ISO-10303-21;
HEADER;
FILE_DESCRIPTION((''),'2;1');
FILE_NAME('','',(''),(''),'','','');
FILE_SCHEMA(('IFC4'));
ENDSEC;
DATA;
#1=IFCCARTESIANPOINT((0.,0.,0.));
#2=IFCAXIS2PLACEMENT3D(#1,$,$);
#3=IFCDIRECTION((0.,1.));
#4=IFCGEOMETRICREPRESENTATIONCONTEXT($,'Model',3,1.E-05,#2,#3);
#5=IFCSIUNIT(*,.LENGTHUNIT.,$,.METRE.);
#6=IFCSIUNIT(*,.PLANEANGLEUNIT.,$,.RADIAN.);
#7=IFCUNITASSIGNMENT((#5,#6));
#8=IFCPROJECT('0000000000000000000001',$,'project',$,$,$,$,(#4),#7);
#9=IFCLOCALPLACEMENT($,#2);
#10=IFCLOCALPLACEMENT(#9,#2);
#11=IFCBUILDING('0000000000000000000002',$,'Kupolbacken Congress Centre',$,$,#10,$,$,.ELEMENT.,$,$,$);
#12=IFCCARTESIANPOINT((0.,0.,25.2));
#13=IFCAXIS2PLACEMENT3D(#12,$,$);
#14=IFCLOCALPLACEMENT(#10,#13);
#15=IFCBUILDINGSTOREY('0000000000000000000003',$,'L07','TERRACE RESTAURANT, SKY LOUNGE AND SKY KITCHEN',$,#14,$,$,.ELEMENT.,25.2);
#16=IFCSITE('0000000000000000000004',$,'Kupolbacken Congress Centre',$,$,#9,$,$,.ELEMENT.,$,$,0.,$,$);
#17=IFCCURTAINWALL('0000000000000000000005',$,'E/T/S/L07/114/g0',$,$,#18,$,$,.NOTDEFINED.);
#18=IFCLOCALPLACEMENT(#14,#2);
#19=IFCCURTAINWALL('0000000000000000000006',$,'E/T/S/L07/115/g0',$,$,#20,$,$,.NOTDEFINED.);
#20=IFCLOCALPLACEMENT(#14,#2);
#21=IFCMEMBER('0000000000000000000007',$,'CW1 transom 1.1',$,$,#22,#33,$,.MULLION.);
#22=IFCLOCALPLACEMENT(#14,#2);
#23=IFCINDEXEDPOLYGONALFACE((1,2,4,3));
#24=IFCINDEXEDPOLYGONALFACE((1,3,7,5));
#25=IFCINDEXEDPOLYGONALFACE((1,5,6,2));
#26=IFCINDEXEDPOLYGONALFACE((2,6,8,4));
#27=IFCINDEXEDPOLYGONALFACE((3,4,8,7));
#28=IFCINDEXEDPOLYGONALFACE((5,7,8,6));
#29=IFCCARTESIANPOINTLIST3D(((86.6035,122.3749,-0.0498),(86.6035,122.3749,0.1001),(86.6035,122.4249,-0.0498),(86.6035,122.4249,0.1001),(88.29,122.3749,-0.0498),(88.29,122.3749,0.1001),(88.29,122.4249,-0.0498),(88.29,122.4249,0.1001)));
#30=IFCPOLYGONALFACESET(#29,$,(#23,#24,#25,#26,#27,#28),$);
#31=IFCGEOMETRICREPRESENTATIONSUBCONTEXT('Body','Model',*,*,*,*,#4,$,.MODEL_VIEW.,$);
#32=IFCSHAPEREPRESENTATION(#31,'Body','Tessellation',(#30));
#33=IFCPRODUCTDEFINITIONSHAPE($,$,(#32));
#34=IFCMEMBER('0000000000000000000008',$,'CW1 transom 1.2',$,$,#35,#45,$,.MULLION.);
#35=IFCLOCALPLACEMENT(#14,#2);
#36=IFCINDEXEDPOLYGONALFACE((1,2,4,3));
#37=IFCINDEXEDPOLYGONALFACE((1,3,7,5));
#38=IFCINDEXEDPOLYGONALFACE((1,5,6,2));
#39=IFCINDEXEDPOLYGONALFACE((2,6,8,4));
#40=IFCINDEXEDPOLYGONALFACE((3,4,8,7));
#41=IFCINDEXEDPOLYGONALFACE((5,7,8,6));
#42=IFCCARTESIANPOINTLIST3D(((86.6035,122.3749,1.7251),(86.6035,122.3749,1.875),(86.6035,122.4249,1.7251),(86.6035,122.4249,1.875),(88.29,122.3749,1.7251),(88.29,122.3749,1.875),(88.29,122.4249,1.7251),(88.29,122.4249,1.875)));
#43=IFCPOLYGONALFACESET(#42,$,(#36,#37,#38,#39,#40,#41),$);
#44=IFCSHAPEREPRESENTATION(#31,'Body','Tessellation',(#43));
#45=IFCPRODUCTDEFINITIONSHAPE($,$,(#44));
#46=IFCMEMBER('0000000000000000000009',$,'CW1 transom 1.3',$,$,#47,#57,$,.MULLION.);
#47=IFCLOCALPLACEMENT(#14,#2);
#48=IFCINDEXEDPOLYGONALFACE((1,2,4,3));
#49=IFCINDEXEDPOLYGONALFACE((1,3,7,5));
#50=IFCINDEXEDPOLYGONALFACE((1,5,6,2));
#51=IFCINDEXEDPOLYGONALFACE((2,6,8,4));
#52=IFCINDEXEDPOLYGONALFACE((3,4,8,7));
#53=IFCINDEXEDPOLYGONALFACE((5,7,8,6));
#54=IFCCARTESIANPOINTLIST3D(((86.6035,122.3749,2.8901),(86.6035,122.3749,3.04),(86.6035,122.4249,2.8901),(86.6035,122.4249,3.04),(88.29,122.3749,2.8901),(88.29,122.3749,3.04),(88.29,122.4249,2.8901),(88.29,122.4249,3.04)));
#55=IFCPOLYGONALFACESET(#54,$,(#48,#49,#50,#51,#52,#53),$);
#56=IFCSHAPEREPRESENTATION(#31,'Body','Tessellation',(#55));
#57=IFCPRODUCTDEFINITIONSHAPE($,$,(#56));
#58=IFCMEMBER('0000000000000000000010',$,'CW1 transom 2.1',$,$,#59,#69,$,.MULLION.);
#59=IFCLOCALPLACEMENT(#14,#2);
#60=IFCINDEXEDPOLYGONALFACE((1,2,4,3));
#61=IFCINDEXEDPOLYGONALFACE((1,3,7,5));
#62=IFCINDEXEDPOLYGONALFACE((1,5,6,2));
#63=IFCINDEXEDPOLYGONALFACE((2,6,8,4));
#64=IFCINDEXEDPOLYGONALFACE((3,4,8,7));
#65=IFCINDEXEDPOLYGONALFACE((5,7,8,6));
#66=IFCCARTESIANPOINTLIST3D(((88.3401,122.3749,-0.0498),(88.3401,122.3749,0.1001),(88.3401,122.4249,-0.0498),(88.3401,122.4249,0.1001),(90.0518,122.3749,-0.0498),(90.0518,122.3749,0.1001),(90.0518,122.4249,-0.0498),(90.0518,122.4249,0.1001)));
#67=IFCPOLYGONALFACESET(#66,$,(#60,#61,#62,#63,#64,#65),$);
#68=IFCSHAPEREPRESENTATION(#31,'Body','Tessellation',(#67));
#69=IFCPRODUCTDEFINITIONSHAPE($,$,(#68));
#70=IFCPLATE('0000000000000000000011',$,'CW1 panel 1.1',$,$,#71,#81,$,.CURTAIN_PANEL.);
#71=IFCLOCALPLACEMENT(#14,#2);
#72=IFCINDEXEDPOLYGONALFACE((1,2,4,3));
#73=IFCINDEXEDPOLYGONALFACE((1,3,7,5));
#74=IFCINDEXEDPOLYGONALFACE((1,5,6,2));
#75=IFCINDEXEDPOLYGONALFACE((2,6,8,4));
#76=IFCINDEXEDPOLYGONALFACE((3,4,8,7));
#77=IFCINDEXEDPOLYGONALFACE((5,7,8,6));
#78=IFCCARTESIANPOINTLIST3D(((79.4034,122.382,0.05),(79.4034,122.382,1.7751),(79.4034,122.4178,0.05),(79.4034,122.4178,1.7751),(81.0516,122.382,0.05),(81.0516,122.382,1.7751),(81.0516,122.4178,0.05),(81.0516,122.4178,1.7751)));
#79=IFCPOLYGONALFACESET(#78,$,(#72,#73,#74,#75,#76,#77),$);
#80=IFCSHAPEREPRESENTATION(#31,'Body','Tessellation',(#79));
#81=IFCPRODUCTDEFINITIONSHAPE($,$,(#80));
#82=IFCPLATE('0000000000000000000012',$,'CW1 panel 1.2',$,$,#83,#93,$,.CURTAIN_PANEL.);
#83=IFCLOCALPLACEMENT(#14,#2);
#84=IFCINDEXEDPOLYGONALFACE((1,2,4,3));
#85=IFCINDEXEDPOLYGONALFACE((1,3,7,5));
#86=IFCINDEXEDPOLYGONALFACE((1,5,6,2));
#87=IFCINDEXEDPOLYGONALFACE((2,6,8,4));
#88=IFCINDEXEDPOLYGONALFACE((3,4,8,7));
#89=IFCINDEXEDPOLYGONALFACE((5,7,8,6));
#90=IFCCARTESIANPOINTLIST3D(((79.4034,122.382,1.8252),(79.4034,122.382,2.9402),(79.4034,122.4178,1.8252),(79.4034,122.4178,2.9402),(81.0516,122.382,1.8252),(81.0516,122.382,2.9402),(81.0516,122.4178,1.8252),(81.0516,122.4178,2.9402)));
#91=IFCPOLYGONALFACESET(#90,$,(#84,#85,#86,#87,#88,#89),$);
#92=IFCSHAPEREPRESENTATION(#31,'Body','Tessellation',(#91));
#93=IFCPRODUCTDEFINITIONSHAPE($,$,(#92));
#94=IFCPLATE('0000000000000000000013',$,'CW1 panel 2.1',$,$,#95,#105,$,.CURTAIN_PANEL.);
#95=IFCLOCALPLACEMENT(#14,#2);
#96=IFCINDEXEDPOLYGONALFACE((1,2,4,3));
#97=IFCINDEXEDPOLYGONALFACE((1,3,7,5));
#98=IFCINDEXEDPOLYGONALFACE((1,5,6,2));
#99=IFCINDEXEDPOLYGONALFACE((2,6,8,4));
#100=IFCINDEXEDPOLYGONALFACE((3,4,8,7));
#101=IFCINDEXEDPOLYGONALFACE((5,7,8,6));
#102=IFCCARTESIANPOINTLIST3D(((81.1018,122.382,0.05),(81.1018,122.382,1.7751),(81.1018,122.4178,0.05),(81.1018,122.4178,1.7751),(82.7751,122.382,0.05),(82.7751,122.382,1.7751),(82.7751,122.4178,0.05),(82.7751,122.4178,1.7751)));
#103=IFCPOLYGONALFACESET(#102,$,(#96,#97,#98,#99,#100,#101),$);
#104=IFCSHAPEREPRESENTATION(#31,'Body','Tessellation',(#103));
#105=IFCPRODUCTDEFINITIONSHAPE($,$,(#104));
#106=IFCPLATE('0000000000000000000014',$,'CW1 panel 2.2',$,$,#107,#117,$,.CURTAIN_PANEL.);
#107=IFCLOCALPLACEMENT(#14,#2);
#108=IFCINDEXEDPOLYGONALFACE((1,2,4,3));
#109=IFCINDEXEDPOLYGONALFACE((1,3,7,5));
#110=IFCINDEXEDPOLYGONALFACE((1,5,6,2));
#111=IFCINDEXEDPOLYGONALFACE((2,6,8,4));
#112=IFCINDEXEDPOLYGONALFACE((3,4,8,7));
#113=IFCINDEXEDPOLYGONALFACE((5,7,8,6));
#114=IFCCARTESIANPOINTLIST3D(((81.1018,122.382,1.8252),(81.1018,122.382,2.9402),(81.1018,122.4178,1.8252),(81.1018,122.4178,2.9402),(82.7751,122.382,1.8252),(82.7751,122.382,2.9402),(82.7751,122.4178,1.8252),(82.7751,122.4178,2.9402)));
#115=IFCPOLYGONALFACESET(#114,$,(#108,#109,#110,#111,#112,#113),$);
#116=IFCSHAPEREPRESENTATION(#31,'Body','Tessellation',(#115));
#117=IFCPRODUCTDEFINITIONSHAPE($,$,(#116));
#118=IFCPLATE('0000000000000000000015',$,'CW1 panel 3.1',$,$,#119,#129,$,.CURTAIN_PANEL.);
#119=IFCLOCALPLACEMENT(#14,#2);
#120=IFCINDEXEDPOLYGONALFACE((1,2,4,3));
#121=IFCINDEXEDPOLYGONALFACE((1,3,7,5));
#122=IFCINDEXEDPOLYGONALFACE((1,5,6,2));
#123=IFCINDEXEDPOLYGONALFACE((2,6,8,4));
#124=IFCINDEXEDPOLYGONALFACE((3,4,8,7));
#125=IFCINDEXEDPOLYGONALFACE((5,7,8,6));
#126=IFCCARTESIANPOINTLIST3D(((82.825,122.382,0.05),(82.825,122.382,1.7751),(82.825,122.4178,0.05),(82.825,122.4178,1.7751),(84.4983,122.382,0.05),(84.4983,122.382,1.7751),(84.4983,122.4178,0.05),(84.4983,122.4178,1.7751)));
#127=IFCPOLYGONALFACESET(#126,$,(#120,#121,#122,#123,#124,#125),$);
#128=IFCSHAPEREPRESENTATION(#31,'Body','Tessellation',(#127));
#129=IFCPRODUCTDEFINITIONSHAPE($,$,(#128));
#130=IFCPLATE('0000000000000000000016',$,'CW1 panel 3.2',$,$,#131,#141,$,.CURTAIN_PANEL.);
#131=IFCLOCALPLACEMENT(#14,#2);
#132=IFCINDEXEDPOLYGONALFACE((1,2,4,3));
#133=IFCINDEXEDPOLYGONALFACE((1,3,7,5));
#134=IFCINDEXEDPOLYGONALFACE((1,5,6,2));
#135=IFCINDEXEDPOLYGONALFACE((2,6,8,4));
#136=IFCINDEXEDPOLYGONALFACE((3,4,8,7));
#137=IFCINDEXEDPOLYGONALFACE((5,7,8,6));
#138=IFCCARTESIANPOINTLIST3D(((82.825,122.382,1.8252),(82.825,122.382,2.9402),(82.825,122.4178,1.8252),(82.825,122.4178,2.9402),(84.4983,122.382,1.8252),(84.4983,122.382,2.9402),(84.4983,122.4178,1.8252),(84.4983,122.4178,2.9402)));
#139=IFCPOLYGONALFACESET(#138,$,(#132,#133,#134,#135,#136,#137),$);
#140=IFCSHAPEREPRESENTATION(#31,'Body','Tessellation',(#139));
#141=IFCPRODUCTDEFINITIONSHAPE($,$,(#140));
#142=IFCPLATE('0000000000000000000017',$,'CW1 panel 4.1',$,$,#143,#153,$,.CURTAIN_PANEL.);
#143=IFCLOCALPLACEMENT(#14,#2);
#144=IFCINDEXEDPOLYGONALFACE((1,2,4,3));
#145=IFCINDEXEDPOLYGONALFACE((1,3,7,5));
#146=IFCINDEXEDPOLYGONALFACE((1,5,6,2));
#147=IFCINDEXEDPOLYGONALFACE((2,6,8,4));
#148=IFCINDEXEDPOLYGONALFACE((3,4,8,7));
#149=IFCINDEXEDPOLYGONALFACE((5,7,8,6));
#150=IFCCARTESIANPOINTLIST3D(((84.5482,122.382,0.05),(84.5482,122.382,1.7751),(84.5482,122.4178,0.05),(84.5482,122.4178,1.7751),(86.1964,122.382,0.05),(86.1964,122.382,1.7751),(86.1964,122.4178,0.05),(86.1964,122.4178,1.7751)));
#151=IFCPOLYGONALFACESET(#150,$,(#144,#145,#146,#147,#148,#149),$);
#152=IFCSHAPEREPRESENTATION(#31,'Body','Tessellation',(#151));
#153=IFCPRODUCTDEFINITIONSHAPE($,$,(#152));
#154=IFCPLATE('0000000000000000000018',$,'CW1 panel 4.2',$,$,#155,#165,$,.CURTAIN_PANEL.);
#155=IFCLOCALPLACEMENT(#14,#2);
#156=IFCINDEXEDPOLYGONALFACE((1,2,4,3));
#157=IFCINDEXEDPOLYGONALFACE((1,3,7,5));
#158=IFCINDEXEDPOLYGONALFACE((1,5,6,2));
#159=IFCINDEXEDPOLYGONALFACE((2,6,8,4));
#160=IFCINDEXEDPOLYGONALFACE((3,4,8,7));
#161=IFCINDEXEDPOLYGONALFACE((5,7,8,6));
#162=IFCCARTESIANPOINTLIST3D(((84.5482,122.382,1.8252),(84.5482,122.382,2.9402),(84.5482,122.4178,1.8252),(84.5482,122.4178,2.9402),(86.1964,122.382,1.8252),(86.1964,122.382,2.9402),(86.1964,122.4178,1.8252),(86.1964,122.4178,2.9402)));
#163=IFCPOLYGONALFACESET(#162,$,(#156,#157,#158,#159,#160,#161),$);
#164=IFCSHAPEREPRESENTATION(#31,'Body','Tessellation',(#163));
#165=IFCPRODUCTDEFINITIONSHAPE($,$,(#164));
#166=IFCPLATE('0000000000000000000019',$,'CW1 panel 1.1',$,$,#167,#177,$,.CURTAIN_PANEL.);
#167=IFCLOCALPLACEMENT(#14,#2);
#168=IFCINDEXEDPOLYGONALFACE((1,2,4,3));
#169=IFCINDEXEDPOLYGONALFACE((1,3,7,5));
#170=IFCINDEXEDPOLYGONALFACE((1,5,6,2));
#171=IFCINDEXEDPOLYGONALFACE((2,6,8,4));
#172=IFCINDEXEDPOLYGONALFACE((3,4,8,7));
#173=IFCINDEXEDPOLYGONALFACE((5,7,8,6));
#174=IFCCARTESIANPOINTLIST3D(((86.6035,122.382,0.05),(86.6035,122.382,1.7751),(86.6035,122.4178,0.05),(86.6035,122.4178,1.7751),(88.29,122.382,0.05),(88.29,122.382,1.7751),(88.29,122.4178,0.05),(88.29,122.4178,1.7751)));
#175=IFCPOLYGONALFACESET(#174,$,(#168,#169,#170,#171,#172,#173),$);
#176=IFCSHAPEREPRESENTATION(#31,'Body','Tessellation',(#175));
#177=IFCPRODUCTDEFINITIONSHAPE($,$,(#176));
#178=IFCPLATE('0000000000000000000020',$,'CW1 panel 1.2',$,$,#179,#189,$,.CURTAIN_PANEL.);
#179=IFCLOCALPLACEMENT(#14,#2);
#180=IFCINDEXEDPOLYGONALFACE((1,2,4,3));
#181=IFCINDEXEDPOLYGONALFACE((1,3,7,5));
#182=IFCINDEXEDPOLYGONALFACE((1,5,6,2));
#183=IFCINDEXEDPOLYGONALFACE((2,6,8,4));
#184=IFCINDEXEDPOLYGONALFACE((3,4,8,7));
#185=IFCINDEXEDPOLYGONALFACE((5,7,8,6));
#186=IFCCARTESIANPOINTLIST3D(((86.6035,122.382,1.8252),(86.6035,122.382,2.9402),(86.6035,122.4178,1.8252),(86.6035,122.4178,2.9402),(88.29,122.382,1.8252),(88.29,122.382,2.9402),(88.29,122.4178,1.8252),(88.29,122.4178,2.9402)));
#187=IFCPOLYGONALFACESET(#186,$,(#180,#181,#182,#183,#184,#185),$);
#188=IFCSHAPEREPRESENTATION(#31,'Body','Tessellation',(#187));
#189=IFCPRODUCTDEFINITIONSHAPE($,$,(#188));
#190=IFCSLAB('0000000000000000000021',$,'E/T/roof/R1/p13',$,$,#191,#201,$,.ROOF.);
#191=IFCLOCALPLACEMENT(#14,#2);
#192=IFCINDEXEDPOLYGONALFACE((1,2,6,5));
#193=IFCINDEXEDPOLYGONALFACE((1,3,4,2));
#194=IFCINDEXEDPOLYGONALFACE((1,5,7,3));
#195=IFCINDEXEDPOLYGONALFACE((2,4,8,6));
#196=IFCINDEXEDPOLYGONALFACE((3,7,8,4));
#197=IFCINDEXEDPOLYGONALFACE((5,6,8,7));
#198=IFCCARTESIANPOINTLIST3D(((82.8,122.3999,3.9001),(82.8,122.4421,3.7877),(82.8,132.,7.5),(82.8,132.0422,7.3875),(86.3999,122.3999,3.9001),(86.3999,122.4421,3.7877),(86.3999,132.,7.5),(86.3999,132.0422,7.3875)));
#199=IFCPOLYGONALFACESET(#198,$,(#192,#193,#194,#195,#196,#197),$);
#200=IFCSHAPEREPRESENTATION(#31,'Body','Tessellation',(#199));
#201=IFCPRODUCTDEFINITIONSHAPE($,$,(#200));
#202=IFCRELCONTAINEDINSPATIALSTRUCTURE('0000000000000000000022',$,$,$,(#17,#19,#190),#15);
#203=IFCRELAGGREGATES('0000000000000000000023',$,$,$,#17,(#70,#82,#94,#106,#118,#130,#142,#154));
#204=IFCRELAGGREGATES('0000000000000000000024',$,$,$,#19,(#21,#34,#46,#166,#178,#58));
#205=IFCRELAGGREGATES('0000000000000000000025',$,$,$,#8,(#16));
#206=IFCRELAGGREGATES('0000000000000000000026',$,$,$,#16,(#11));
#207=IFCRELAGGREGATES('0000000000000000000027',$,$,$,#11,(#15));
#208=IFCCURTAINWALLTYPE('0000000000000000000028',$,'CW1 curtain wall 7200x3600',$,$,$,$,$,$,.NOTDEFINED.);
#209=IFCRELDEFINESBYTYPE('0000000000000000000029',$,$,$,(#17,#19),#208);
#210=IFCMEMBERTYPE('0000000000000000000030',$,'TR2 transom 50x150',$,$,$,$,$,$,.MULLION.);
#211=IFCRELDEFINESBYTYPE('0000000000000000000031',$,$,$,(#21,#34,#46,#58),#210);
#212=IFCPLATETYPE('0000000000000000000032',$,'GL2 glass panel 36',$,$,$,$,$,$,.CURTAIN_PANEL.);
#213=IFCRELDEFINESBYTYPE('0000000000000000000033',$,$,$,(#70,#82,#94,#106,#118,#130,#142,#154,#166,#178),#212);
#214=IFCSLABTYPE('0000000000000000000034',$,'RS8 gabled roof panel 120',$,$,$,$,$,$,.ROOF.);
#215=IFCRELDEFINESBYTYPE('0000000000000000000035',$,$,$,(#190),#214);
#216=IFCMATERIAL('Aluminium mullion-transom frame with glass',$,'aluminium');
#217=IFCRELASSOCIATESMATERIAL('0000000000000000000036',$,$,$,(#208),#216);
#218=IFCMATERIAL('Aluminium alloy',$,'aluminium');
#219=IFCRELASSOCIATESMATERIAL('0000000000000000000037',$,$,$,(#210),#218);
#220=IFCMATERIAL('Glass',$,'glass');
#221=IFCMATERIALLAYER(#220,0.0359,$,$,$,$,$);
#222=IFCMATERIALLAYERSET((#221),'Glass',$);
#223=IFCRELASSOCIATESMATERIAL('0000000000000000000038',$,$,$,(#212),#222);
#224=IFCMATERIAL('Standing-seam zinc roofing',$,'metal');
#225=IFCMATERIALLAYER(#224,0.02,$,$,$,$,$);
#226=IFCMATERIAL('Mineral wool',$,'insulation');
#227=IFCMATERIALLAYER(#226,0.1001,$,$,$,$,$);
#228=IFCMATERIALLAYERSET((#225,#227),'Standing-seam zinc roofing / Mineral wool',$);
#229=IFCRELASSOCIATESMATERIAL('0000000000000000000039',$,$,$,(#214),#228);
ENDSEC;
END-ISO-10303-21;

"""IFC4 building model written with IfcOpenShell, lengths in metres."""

from ifc_helpers import new_model, si_unit, direction, frame, origin, origin_2d, place, context, subcontext, project, spatial, polyline, rectangle, outline, extrude, material, layer, layer_set, material_profile, profile_set, type_object, element, aggregate, save


model = new_model("IFC4")

# Units and contexts
model_context = context("Model", 3, precision=1e-05, world=origin(), true_north=direction((0.0, 1.0)))
body_context = subcontext(model_context, "Body", "Model", "MODEL_VIEW")
ifc_project = project(units=[si_unit("LENGTHUNIT", "METRE"), si_unit("PLANEANGLEUNIT", "RADIAN")], contexts=[model_context])

# Site, building, storey
site_placement = place(None, origin())
site = spatial("IfcSite", under=ifc_project, at=site_placement, Name="Kupolbacken Congress Centre", CompositionType="ELEMENT", RefElevation=0.0)
building_placement = place(site_placement, origin())
building = spatial("IfcBuilding", under=site, at=building_placement, Name="Kupolbacken Congress Centre", CompositionType="ELEMENT")
storey_placement = place(building_placement, frame((0.0, 0.0, 25.2)))
storey = spatial("IfcBuildingStorey", under=building, at=storey_placement, Name="L07", Description="TERRACE RESTAURANT, SKY LOUNGE AND SKY KITCHEN", CompositionType="ELEMENT", Elevation=25.2)

# Curtain walls
ifc_material_1 = material(Name="Aluminium mullion-transom frame with glass", Category="aluminium")
curtain_wall_type = type_object("IfcCurtainWallType", Name="CW1 curtain wall 7200x3600", PredefinedType="NOTDEFINED", material=ifc_material_1)
curtain_wall_1_placement = place(storey_placement, origin())
curtain_wall_1 = element("IfcCurtainWall", 1, at=curtain_wall_1_placement, inside=storey, type_object=curtain_wall_type, Name="E/T/S/L07/114/g0", PredefinedType="NOTDEFINED")
curtain_wall_2_placement = place(storey_placement, origin())
curtain_wall_2 = element("IfcCurtainWall", 2, at=curtain_wall_2_placement, inside=storey, type_object=curtain_wall_type, Name="E/T/S/L07/115/g0", PredefinedType="NOTDEFINED")

# Members
ifc_material_2 = material(Name="Aluminium alloy", Category="aluminium")
ifc_material_profile_1 = material_profile(ifc_material_2, rectangle(XDim=0.05, YDim=0.1499, at=origin_2d()), Name="50 x 150")
ifc_profile_set_1 = profile_set([ifc_material_profile_1], Name="Aluminium alloy")
member_type_1 = type_object("IfcMemberType", Name="TR2 transom 50x150", PredefinedType="MULLION", material=ifc_profile_set_1)
member_1_placement = place(storey_placement, frame((86.6035, 122.3999, 0.0251), z_axis=(1.0, 0.0, 0.0), x_axis=(0.0, 1.0, 0.0)))
member_1 = element("IfcMember", 3, at=member_1_placement, type_object=member_type_1, Name="CW1 transom 1.1", PredefinedType="MULLION", context=body_context, shape_type="SweptSolid", body=[
    extrude(rectangle(XDim=0.05, YDim=0.1499, at=origin_2d()), origin(), (0.0, 0.0, 1.0), 1.6865),
])
member_2_placement = place(storey_placement, frame((86.6035, 122.3999, 1.8), z_axis=(1.0, 0.0, 0.0), x_axis=(0.0, 1.0, 0.0)))
member_2 = element("IfcMember", 4, at=member_2_placement, type_object=member_type_1, Name="CW1 transom 1.2", PredefinedType="MULLION", context=body_context, shape_type="SweptSolid", body=[
    extrude(rectangle(XDim=0.05, YDim=0.1499, at=origin_2d()), origin(), (0.0, 0.0, 1.0), 1.6865),
])
member_3_placement = place(storey_placement, frame((86.6035, 122.3999, 2.9651), z_axis=(1.0, 0.0, 0.0), x_axis=(0.0, 1.0, 0.0)))
member_3 = element("IfcMember", 5, at=member_3_placement, type_object=member_type_1, Name="CW1 transom 1.3", PredefinedType="MULLION", context=body_context, shape_type="SweptSolid", body=[
    extrude(rectangle(XDim=0.05, YDim=0.1499, at=origin_2d()), origin(), (0.0, 0.0, 1.0), 1.6865),
])
member_4_placement = place(storey_placement, frame((88.3401, 122.3999, 0.0251), z_axis=(1.0, 0.0, 0.0), x_axis=(0.0, 1.0, 0.0)))
member_4 = element("IfcMember", 6, at=member_4_placement, type_object=member_type_1, Name="CW1 transom 2.1", PredefinedType="MULLION", context=body_context, shape_type="SweptSolid", body=[
    extrude(rectangle(XDim=0.05, YDim=0.1499, at=origin_2d()), origin(), (0.0, 0.0, 1.0), 1.7117),
])

# Plates
ifc_material_3 = material(Name="Glass", Category="glass")
ifc_layer_1 = layer(ifc_material_3, 0.0359)
ifc_layer_set_1 = layer_set([ifc_layer_1], Name="Glass")
plate_type = type_object("IfcPlateType", Name="GL2 glass panel 36", PredefinedType="CURTAIN_PANEL", material=ifc_layer_set_1)
plate_1_placement = place(storey_placement, frame((80.2275, 122.3999, 0.05), z_axis=(0.0, 0.0, 1.0), x_axis=(1.0, 0.0, 0.0)))
plate_1 = element("IfcPlate", 7, at=plate_1_placement, type_object=plate_type, Name="CW1 panel 1.1", PredefinedType="CURTAIN_PANEL", context=body_context, shape_type="SweptSolid", body=[
    extrude(rectangle(XDim=1.6482, YDim=0.0359, at=origin_2d()), origin(), (0.0, 0.0, 1.0), 1.7251),
])
plate_2_placement = place(storey_placement, frame((80.2275, 122.3999, 1.8252), z_axis=(0.0, 0.0, 1.0), x_axis=(1.0, 0.0, 0.0)))
plate_2 = element("IfcPlate", 8, at=plate_2_placement, type_object=plate_type, Name="CW1 panel 1.2", PredefinedType="CURTAIN_PANEL", context=body_context, shape_type="SweptSolid", body=[
    extrude(rectangle(XDim=1.6482, YDim=0.0359, at=origin_2d()), origin(), (0.0, 0.0, 1.0), 1.115),
])
plate_3_placement = place(storey_placement, frame((81.9385, 122.3999, 0.05), z_axis=(0.0, 0.0, 1.0), x_axis=(1.0, 0.0, 0.0)))
plate_3 = element("IfcPlate", 9, at=plate_3_placement, type_object=plate_type, Name="CW1 panel 2.1", PredefinedType="CURTAIN_PANEL", context=body_context, shape_type="SweptSolid", body=[
    extrude(rectangle(XDim=1.6733, YDim=0.0359, at=origin_2d()), origin(), (0.0, 0.0, 1.0), 1.7251),
])
plate_4_placement = place(storey_placement, frame((81.9385, 122.3999, 1.8252), z_axis=(0.0, 0.0, 1.0), x_axis=(1.0, 0.0, 0.0)))
plate_4 = element("IfcPlate", 10, at=plate_4_placement, type_object=plate_type, Name="CW1 panel 2.2", PredefinedType="CURTAIN_PANEL", context=body_context, shape_type="SweptSolid", body=[
    extrude(rectangle(XDim=1.6733, YDim=0.0359, at=origin_2d()), origin(), (0.0, 0.0, 1.0), 1.115),
])
plate_5_placement = place(storey_placement, frame((83.6616, 122.3999, 0.05), z_axis=(0.0, 0.0, 1.0), x_axis=(1.0, 0.0, 0.0)))
plate_5 = element("IfcPlate", 11, at=plate_5_placement, type_object=plate_type, Name="CW1 panel 3.1", PredefinedType="CURTAIN_PANEL", context=body_context, shape_type="SweptSolid", body=[
    extrude(rectangle(XDim=1.6733, YDim=0.0359, at=origin_2d()), origin(), (0.0, 0.0, 1.0), 1.7251),
])
plate_6_placement = place(storey_placement, frame((83.6616, 122.3999, 1.8252), z_axis=(0.0, 0.0, 1.0), x_axis=(1.0, 0.0, 0.0)))
plate_6 = element("IfcPlate", 12, at=plate_6_placement, type_object=plate_type, Name="CW1 panel 3.2", PredefinedType="CURTAIN_PANEL", context=body_context, shape_type="SweptSolid", body=[
    extrude(rectangle(XDim=1.6733, YDim=0.0359, at=origin_2d()), origin(), (0.0, 0.0, 1.0), 1.115),
])
plate_7_placement = place(storey_placement, frame((85.3723, 122.3999, 0.05), z_axis=(0.0, 0.0, 1.0), x_axis=(1.0, 0.0, 0.0)))
plate_7 = element("IfcPlate", 13, at=plate_7_placement, type_object=plate_type, Name="CW1 panel 4.1", PredefinedType="CURTAIN_PANEL", context=body_context, shape_type="SweptSolid", body=[
    extrude(rectangle(XDim=1.6482, YDim=0.0359, at=origin_2d()), origin(), (0.0, 0.0, 1.0), 1.7251),
])
plate_8_placement = place(storey_placement, frame((85.3723, 122.3999, 1.8252), z_axis=(0.0, 0.0, 1.0), x_axis=(1.0, 0.0, 0.0)))
plate_8 = element("IfcPlate", 14, at=plate_8_placement, type_object=plate_type, Name="CW1 panel 4.2", PredefinedType="CURTAIN_PANEL", context=body_context, shape_type="SweptSolid", body=[
    extrude(rectangle(XDim=1.6482, YDim=0.0359, at=origin_2d()), origin(), (0.0, 0.0, 1.0), 1.115),
])
aggregate(curtain_wall_1, [plate_1, plate_2, plate_3, plate_4, plate_5, plate_6, plate_7, plate_8])
plate_9_placement = place(storey_placement, frame((87.4468, 122.3999, 0.05), z_axis=(0.0, 0.0, 1.0), x_axis=(1.0, 0.0, 0.0)))
plate_9 = element("IfcPlate", 15, at=plate_9_placement, type_object=plate_type, Name="CW1 panel 1.1", PredefinedType="CURTAIN_PANEL", context=body_context, shape_type="SweptSolid", body=[
    extrude(rectangle(XDim=1.6865, YDim=0.0359, at=origin_2d()), origin(), (0.0, 0.0, 1.0), 1.7251),
])
plate_10_placement = place(storey_placement, frame((87.4468, 122.3999, 1.8252), z_axis=(0.0, 0.0, 1.0), x_axis=(1.0, 0.0, 0.0)))
plate_10 = element("IfcPlate", 16, at=plate_10_placement, type_object=plate_type, Name="CW1 panel 1.2", PredefinedType="CURTAIN_PANEL", context=body_context, shape_type="SweptSolid", body=[
    extrude(rectangle(XDim=1.6865, YDim=0.0359, at=origin_2d()), origin(), (0.0, 0.0, 1.0), 1.115),
])
aggregate(curtain_wall_2, [member_1, member_2, member_3, plate_9, plate_10, member_4])

# Slab
ifc_material_4 = material(Name="Standing-seam zinc roofing", Category="metal")
ifc_layer_2 = layer(ifc_material_4, 0.02)
ifc_material_5 = material(Name="Mineral wool", Category="insulation")
ifc_layer_3 = layer(ifc_material_5, 0.1001)
ifc_layer_set_2 = layer_set([ifc_layer_2, ifc_layer_3], Name="Standing-seam zinc roofing / Mineral wool")
slab_type = type_object("IfcSlabType", Name="RS8 gabled roof panel 120", PredefinedType="ROOF", material=ifc_layer_set_2)
slab_placement = place(storey_placement, frame((82.8, 122.3999, 3.9001), z_axis=(0.0, -0.351108, 0.936335), x_axis=(1.0, 0.0, 0.0)))
element("IfcSlab", 17, at=slab_placement, inside=storey, type_object=slab_type, Name="E/T/roof/R1/p13", PredefinedType="ROOF", context=body_context, shape_type="SweptSolid", body=[
    extrude(outline(polyline([(0.0, 0.0), (3.5999, 0.0), (3.5999, 10.2528), (0.0, 10.2528), (0.0, 0.0)])), origin(), (0.0, 0.0, -1.0), 0.1201),
])

save(model, "model.ifc")
